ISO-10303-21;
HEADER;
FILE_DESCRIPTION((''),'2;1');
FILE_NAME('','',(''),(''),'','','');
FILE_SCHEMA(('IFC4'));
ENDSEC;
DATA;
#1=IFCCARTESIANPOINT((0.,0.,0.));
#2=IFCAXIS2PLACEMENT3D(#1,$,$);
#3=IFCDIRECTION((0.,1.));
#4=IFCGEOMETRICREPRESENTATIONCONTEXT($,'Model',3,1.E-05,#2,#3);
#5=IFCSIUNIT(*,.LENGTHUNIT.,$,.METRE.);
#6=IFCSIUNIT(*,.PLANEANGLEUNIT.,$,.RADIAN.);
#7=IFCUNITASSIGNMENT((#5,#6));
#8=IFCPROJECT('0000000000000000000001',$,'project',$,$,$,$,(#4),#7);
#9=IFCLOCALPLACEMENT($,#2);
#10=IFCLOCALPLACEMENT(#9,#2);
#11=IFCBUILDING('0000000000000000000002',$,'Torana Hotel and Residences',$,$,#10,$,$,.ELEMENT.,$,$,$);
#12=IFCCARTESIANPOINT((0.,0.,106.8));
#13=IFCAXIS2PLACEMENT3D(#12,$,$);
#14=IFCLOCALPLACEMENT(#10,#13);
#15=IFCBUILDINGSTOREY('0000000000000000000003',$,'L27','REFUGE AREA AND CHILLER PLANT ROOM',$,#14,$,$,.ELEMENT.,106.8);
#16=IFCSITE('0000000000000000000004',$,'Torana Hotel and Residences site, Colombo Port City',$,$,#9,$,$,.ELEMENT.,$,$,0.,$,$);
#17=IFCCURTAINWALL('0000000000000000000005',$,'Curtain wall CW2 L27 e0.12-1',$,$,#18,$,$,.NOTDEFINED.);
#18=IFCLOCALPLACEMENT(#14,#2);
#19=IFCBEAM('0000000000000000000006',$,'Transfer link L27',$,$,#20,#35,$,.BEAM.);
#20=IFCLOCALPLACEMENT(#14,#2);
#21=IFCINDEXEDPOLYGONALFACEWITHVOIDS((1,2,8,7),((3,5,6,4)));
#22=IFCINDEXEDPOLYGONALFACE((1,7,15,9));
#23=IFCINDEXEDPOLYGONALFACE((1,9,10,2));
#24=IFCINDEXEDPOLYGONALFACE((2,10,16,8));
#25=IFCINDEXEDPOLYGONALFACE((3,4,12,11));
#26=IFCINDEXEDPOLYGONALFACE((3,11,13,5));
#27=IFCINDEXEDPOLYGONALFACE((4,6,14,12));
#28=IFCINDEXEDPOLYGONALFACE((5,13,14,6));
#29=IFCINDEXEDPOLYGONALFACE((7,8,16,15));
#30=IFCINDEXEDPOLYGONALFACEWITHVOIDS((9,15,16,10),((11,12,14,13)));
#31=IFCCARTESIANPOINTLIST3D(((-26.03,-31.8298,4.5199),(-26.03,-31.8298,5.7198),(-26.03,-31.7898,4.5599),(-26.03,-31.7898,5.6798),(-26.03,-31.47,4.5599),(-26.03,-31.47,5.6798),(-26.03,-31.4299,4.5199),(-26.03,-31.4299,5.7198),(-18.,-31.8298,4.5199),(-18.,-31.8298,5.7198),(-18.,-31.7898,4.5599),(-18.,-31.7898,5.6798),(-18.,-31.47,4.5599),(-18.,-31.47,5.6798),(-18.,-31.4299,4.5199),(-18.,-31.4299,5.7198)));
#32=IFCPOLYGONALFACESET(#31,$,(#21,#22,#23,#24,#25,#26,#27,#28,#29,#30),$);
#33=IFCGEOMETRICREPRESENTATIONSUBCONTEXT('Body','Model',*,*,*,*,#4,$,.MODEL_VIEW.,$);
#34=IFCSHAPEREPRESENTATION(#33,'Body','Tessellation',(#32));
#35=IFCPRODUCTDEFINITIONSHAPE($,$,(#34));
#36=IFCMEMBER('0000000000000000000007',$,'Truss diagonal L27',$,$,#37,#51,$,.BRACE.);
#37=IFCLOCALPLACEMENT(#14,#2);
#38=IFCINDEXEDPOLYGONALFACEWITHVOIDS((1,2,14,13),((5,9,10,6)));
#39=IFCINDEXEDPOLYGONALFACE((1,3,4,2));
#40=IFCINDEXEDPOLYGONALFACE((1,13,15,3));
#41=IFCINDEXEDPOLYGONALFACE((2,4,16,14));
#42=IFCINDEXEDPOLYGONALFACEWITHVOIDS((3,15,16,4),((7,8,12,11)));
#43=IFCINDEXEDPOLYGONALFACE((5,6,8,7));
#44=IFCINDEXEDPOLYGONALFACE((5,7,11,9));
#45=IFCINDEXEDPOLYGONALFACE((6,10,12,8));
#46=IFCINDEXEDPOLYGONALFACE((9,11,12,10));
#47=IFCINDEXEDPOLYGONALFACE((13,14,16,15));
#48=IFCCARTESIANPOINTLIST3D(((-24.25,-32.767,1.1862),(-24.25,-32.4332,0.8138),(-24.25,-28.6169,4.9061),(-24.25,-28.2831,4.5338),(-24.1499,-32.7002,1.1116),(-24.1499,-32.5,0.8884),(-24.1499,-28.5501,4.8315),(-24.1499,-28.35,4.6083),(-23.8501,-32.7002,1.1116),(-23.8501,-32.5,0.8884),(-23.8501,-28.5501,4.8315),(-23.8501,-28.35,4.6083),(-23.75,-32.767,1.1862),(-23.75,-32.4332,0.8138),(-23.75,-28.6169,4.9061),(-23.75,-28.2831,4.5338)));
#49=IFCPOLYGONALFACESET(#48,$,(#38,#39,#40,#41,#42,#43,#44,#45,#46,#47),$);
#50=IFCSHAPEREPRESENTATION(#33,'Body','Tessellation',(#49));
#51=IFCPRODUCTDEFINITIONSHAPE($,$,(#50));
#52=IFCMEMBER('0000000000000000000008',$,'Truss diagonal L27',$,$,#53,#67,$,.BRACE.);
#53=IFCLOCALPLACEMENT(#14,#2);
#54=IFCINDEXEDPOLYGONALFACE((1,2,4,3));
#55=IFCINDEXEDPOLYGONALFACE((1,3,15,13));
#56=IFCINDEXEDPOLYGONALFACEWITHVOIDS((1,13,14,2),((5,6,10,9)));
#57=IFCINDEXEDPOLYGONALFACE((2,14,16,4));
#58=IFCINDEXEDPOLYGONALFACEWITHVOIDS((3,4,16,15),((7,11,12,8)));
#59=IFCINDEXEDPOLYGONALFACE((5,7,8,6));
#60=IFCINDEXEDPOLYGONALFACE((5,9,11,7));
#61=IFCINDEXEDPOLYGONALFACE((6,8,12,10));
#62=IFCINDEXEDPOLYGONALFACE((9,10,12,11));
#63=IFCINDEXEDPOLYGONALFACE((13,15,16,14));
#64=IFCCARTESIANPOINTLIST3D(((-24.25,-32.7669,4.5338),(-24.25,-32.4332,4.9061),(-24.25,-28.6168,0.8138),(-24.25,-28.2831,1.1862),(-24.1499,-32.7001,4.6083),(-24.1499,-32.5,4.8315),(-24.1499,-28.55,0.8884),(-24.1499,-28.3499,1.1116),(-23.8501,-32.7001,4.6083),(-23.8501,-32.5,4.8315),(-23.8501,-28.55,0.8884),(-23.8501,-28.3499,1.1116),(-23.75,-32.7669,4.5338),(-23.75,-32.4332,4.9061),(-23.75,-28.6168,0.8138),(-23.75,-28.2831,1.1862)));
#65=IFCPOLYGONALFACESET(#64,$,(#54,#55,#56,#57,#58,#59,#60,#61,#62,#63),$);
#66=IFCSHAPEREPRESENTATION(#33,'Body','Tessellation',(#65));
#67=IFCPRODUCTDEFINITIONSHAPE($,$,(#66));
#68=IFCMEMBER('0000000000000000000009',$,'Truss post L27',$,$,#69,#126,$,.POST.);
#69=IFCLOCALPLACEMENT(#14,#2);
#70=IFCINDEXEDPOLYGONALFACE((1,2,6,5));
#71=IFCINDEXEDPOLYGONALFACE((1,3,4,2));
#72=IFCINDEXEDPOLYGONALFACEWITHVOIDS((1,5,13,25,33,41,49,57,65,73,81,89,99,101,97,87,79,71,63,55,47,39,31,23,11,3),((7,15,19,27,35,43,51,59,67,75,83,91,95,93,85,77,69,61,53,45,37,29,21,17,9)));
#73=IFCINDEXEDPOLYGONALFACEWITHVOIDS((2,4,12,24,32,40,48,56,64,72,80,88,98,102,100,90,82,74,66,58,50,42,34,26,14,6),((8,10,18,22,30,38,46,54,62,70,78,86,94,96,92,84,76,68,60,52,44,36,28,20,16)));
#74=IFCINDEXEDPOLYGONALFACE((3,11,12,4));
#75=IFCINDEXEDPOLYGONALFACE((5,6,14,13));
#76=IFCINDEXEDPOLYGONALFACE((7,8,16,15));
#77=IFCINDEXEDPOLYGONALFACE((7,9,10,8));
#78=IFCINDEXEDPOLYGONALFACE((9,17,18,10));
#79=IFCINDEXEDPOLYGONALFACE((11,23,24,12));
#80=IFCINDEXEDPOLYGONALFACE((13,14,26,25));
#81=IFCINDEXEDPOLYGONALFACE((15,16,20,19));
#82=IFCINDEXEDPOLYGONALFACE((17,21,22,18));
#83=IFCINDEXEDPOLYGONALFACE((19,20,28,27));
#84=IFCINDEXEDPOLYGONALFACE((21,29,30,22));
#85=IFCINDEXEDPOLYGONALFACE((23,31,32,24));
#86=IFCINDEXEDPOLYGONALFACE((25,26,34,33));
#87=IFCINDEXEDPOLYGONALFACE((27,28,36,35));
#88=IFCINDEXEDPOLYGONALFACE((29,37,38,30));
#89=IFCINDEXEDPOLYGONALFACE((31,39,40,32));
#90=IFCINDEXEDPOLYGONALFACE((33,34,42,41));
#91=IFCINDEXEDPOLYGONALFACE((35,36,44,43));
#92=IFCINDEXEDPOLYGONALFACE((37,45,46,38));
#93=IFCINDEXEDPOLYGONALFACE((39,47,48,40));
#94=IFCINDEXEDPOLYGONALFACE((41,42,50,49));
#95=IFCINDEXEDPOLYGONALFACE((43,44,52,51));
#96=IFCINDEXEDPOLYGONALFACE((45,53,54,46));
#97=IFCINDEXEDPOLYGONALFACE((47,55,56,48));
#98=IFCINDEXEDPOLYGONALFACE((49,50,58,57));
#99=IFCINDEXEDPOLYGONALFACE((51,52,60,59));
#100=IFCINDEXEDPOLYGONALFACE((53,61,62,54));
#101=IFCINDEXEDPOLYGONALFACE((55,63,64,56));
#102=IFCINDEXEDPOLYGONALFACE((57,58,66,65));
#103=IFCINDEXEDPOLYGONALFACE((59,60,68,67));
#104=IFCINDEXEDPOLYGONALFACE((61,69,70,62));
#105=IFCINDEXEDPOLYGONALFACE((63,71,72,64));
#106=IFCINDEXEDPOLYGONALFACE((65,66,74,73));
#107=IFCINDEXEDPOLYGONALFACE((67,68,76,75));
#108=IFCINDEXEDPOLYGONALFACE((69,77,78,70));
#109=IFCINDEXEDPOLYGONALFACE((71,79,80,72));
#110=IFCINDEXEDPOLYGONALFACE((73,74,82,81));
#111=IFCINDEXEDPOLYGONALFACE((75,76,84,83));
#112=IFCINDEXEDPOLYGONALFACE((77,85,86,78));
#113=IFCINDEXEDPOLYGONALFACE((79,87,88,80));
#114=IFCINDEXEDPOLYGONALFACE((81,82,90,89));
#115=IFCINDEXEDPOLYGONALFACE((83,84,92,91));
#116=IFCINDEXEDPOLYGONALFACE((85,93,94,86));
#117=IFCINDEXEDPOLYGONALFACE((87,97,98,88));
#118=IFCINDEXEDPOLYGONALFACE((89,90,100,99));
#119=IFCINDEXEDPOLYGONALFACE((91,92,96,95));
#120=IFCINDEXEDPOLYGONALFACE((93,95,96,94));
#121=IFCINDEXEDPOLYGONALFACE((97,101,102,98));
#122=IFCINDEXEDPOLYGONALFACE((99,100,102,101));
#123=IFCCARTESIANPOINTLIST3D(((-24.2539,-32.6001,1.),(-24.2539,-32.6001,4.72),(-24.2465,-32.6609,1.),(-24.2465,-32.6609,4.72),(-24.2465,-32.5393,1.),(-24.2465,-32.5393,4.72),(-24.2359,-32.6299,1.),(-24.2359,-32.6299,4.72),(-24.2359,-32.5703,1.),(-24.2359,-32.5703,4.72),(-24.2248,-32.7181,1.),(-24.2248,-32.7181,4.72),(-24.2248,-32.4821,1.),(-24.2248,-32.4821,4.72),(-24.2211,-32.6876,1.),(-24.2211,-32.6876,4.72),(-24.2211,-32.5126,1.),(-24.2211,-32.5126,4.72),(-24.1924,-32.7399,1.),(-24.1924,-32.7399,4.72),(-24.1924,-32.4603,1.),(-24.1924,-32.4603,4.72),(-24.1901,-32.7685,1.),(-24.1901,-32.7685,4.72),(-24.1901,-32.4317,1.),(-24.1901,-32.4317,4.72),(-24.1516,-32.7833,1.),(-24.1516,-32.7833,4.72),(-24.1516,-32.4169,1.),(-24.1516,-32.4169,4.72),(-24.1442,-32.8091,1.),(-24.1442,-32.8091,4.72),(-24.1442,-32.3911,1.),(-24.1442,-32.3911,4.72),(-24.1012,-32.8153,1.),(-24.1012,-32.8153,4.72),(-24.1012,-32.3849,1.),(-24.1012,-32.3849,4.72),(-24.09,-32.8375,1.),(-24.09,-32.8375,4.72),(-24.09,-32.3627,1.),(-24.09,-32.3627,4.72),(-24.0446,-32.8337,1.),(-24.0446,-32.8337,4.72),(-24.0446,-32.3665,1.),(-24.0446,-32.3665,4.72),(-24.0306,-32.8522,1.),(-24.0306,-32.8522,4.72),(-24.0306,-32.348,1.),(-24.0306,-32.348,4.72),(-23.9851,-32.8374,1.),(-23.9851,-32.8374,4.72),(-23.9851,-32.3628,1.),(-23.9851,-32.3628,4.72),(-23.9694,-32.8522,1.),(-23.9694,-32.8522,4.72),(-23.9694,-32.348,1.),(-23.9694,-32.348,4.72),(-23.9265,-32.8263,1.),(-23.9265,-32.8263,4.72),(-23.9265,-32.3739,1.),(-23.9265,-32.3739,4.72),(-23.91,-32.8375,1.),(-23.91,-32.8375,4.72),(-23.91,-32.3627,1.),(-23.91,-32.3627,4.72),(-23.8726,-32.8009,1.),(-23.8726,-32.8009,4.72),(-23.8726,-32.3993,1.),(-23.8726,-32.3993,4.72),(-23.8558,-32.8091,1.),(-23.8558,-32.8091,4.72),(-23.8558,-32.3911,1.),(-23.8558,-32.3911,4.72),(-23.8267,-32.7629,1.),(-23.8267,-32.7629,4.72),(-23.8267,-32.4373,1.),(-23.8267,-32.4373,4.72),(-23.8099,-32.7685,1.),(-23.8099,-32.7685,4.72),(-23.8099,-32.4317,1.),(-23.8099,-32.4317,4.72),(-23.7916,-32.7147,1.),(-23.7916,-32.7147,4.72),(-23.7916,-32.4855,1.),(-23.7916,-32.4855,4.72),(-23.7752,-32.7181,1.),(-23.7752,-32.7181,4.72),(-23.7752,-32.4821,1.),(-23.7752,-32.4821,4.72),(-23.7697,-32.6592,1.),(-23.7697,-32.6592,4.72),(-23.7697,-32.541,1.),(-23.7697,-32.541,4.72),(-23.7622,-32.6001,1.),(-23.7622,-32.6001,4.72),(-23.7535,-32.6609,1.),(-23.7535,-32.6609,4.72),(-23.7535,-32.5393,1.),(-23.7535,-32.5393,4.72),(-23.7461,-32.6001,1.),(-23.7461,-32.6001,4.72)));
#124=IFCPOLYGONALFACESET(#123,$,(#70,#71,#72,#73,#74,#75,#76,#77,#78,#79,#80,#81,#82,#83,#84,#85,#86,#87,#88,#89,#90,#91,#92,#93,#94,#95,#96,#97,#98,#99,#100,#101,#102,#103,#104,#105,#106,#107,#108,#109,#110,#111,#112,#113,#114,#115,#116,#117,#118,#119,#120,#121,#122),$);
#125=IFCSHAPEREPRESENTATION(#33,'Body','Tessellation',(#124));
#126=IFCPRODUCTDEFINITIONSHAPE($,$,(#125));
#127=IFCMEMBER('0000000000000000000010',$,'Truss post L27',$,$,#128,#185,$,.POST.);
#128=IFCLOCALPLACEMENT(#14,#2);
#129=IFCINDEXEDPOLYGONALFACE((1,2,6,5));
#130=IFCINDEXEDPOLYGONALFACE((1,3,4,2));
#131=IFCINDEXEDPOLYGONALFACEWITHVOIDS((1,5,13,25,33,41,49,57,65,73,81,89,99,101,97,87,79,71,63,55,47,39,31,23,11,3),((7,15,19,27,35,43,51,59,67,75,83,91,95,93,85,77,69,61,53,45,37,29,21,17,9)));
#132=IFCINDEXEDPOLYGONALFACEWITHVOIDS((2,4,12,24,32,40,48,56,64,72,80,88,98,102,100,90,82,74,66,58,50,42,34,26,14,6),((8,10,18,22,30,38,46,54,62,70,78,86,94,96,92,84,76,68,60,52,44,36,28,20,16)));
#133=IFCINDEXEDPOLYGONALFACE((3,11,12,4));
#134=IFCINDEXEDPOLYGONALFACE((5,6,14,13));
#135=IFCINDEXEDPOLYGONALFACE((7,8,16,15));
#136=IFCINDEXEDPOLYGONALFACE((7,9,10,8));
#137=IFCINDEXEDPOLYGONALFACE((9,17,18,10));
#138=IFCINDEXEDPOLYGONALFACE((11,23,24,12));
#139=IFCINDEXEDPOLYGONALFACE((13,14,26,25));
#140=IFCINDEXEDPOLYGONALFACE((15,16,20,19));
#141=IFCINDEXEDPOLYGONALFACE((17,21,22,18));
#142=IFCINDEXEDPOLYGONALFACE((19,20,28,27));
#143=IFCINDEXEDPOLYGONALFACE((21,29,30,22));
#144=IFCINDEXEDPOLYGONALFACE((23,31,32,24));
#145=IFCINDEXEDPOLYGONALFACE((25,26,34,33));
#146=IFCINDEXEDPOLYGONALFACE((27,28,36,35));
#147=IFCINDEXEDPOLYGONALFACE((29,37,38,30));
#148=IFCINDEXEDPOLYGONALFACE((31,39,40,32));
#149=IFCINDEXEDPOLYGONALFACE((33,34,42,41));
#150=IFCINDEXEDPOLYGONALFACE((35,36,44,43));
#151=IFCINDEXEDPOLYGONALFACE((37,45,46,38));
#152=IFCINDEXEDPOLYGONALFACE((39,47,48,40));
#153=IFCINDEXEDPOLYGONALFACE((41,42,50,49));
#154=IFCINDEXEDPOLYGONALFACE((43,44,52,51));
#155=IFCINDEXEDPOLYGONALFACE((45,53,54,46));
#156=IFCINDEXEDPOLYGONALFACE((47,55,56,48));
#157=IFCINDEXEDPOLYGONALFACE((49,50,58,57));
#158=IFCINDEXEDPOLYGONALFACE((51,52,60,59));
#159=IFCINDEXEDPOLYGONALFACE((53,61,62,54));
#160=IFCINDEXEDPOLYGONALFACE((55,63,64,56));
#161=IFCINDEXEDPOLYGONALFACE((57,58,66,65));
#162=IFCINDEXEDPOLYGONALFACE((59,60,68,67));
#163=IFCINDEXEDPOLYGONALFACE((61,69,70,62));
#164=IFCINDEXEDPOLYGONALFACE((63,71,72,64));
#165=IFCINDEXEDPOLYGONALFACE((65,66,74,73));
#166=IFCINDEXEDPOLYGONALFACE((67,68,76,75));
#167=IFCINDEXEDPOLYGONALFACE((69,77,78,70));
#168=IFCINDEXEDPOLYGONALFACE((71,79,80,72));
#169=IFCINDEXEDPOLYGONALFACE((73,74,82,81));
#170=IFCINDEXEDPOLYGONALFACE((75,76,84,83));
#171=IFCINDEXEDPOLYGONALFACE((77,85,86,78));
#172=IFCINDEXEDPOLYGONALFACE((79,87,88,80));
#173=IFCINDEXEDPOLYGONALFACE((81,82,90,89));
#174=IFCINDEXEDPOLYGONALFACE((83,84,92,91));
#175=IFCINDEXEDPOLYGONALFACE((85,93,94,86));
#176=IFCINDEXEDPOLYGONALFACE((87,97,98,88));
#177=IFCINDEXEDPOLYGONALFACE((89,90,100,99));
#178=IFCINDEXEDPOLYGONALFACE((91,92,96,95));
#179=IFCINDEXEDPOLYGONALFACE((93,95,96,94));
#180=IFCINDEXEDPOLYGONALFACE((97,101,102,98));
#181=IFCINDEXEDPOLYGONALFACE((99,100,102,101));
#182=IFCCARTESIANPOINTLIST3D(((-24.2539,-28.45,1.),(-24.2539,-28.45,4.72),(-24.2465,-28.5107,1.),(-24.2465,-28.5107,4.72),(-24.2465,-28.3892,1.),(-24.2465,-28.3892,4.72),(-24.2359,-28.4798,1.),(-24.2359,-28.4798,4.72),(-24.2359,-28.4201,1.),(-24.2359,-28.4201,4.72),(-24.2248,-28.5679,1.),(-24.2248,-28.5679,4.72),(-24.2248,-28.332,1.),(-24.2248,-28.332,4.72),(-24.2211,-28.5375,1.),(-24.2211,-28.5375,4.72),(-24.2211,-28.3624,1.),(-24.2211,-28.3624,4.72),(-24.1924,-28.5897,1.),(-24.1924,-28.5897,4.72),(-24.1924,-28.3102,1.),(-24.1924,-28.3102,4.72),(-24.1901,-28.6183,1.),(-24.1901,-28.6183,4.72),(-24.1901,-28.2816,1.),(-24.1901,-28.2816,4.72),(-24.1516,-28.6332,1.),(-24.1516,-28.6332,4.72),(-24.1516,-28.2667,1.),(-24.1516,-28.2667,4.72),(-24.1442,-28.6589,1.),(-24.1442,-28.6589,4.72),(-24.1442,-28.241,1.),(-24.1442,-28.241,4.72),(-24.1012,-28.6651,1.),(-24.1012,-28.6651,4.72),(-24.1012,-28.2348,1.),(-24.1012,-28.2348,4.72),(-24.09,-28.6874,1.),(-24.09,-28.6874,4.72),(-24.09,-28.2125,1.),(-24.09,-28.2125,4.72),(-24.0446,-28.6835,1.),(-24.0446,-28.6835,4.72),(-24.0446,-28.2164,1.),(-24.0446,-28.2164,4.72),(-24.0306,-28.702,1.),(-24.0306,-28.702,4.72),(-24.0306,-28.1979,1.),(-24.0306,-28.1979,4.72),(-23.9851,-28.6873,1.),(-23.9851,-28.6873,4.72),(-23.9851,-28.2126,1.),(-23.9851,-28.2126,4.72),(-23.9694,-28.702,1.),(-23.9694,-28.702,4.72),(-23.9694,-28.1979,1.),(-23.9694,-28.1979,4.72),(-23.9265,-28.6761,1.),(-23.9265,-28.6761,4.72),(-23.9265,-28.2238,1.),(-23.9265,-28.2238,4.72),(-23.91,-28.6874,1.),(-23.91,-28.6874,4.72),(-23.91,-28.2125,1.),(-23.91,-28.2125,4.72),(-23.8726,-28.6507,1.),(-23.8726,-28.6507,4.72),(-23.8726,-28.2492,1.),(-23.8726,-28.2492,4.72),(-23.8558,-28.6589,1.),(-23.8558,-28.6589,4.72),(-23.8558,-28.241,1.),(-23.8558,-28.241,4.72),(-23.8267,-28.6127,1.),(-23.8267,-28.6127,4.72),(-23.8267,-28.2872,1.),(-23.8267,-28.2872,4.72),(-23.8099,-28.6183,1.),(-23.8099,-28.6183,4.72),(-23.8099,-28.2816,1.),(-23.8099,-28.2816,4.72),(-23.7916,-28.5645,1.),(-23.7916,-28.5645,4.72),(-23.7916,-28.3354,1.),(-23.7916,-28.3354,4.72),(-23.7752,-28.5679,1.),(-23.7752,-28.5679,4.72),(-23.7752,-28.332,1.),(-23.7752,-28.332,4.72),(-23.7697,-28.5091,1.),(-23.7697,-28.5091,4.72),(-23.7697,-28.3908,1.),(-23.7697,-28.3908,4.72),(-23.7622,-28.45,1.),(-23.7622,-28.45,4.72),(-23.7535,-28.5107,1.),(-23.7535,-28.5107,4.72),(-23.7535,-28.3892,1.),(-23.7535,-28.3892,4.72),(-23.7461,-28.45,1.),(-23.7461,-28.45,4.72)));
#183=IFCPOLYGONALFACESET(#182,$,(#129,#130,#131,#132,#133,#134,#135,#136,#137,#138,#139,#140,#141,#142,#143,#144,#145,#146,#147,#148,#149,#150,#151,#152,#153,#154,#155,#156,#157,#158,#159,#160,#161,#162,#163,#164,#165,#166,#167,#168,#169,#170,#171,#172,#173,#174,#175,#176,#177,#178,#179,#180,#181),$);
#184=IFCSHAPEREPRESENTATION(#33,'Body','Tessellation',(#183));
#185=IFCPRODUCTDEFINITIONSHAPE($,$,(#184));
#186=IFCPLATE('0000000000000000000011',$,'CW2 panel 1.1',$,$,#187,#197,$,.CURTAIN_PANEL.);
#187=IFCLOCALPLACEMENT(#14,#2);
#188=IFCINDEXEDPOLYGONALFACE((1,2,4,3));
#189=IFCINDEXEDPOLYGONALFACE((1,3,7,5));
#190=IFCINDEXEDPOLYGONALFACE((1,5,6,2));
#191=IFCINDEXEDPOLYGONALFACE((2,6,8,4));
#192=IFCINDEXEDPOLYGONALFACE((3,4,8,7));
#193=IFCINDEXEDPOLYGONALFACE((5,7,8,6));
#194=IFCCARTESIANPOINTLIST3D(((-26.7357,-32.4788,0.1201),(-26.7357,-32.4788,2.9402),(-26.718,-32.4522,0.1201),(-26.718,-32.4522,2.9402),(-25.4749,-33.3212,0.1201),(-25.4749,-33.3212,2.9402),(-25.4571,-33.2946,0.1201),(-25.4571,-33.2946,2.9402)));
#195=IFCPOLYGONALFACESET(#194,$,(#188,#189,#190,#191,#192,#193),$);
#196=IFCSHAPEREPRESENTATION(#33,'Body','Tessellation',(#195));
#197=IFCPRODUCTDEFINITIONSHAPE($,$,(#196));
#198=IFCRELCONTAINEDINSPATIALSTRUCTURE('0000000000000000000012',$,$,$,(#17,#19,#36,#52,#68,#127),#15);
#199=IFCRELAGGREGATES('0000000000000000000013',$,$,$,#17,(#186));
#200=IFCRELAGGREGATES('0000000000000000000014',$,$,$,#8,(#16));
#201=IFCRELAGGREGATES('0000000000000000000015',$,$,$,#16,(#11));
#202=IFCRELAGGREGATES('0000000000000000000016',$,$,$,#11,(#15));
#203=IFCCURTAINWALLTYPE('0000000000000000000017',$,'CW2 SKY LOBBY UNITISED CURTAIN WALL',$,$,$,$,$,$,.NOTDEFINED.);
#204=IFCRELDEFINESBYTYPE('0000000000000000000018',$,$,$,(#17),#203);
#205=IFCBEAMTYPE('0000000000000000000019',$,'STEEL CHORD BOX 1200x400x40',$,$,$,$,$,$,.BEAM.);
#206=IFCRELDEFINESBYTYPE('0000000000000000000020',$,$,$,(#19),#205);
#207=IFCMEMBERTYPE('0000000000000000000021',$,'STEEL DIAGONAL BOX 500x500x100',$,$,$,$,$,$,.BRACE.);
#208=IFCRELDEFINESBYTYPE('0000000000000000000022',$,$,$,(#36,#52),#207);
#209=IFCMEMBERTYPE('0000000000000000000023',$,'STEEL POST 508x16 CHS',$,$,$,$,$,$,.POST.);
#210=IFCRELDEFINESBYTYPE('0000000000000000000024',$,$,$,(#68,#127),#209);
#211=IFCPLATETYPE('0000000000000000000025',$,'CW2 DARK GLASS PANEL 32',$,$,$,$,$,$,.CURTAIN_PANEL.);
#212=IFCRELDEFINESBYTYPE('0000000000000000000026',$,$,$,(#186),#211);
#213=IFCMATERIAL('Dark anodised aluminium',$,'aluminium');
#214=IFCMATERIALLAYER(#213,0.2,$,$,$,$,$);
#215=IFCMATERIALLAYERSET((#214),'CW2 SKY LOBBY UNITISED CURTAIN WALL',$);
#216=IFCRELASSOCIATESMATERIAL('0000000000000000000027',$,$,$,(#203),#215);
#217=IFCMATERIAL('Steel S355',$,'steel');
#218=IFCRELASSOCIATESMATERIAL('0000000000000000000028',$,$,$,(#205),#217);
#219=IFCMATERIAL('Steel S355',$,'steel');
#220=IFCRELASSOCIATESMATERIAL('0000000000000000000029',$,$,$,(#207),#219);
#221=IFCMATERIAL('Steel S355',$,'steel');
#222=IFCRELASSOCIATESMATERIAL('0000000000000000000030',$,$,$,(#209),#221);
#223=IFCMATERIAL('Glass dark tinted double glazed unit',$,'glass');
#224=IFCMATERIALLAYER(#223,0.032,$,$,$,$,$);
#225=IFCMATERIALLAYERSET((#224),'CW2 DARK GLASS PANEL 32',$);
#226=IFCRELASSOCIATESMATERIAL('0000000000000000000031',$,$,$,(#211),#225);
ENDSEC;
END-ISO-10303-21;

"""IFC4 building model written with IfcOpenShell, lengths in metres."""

from ifc_helpers import new_model, si_unit, direction, frame, origin, origin_2d, place, context, subcontext, project, spatial, rectangle, hollow_rectangle, hollow_circle, extrude, material, layer, layer_set, material_profile, profile_set, type_object, element, aggregate, save


model = new_model("IFC4")

# Units and contexts
model_context = context("Model", 3, precision=1e-05, world=origin(), true_north=direction((0.0, 1.0)))
body_context = subcontext(model_context, "Body", "Model", "MODEL_VIEW")
ifc_project = project(units=[si_unit("LENGTHUNIT", "METRE"), si_unit("PLANEANGLEUNIT", "RADIAN")], contexts=[model_context])

# Site, building, storey
site_placement = place(None, origin())
site = spatial("IfcSite", under=ifc_project, at=site_placement, Name="Torana Hotel and Residences site, Colombo Port City", CompositionType="ELEMENT", RefElevation=0.0)
building_placement = place(site_placement, origin())
building = spatial("IfcBuilding", under=site, at=building_placement, Name="Torana Hotel and Residences", CompositionType="ELEMENT")
storey_placement = place(building_placement, frame((0.0, 0.0, 106.8)))
storey = spatial("IfcBuildingStorey", under=building, at=storey_placement, Name="L27", Description="REFUGE AREA AND CHILLER PLANT ROOM", CompositionType="ELEMENT", Elevation=106.8)

# Curtain wall
ifc_material_1 = material(Name="Dark anodised aluminium", Category="aluminium")
ifc_layer_1 = layer(ifc_material_1, 0.2)
ifc_layer_set_1 = layer_set([ifc_layer_1], Name="CW2 SKY LOBBY UNITISED CURTAIN WALL")
curtain_wall_type = type_object("IfcCurtainWallType", Name="CW2 SKY LOBBY UNITISED CURTAIN WALL", PredefinedType="NOTDEFINED", material=ifc_layer_set_1)
curtain_wall_1_placement = place(storey_placement, origin())
curtain_wall_1 = element("IfcCurtainWall", 1, at=curtain_wall_1_placement, inside=storey, type_object=curtain_wall_type, Name="Curtain wall CW2 L27 e0.12-1", PredefinedType="NOTDEFINED")

# Beam
ifc_material_2 = material(Name="Steel S355", Category="steel")
ifc_material_profile_1 = material_profile(ifc_material_2, hollow_rectangle(XDim=0.3999, YDim=1.2, WallThickness=0.04, at=origin_2d()), Name="BOX 1200x400x40")
ifc_profile_set_1 = profile_set([ifc_material_profile_1], Name="Steel S355")
beam_type = type_object("IfcBeamType", Name="STEEL CHORD BOX 1200x400x40", PredefinedType="BEAM", material=ifc_profile_set_1)
beam_placement = place(storey_placement, frame((-26.03, -31.6299, 5.1199), z_axis=(1.0, 0.0, 0.0), x_axis=(0.0, 1.0, 0.0)))
element("IfcBeam", 2, at=beam_placement, inside=storey, type_object=beam_type, Name="Transfer link L27", PredefinedType="BEAM", context=body_context, shape_type="SweptSolid", body=[
    extrude(hollow_rectangle(XDim=0.3999, YDim=1.2, WallThickness=0.04, at=origin_2d()), origin(), (0.0, 0.0, 1.0), 8.03),
])

# Members
ifc_material_3 = material(Name="Steel S355", Category="steel")
ifc_material_profile_2 = material_profile(ifc_material_3, hollow_rectangle(XDim=0.5, YDim=0.5, WallThickness=0.1001, at=origin_2d()), Name="BOX 500x500x100")
ifc_profile_set_2 = profile_set([ifc_material_profile_2], Name="Steel S355")
member_type_1 = type_object("IfcMemberType", Name="STEEL DIAGONAL BOX 500x500x100", PredefinedType="BRACE", material=ifc_profile_set_2)
for number, where, z_axis, x_axis, name in (
    (3, (-24.0, -32.6001, 1.0), (0.0, 0.744645, 0.66746), (-1.0, 0.0, 0.0), "Truss diagonal L27"),
    (4, (-24.0, -28.45, 1.0), (0.0, -0.744645, 0.66746), (1.0, 0.0, 0.0), "Truss diagonal L27"),
):
    element("IfcMember", number, at=place(storey_placement, frame(where, z_axis=z_axis, x_axis=x_axis)), inside=storey, type_object=member_type_1, Name=name, PredefinedType="BRACE", context=body_context, shape_type="SweptSolid", body=[
        extrude(hollow_rectangle(XDim=0.5, YDim=0.5, WallThickness=0.1001, at=origin_2d()), origin(), (0.0, 0.0, 1.0), 5.5732),
    ])
ifc_material_4 = material(Name="Steel S355", Category="steel")
ifc_material_profile_3 = material_profile(ifc_material_4, hollow_circle(Radius=0.2539, WallThickness=0.0161, at=origin_2d()), Name="508x16 CHS")
ifc_profile_set_3 = profile_set([ifc_material_profile_3], Name="Steel S355")
member_type_2 = type_object("IfcMemberType", Name="STEEL POST 508x16 CHS", PredefinedType="POST", material=ifc_profile_set_3)
for number, where, z_axis, x_axis, name in (
    (5, (-24.0, -32.6001, 1.0), (0.0, 0.0, 1.0), (1.0, 0.0, 0.0), "Truss post L27"),
    (6, (-24.0, -28.45, 1.0), (0.0, 0.0, 1.0), (1.0, 0.0, 0.0), "Truss post L27"),
):
    element("IfcMember", number, at=place(storey_placement, frame(where, z_axis=z_axis, x_axis=x_axis)), inside=storey, type_object=member_type_2, Name=name, PredefinedType="POST", context=body_context, shape_type="SweptSolid", body=[
        extrude(hollow_circle(Radius=0.2539, WallThickness=0.0161, at=origin_2d()), origin(), (0.0, 0.0, 1.0), 3.72),
    ])

# Plate
ifc_material_5 = material(Name="Glass dark tinted double glazed unit", Category="glass")
ifc_layer_2 = layer(ifc_material_5, 0.032)
ifc_layer_set_2 = layer_set([ifc_layer_2], Name="CW2 DARK GLASS PANEL 32")
plate_type_1 = type_object("IfcPlateType", Name="CW2 DARK GLASS PANEL 32", PredefinedType="CURTAIN_PANEL", material=ifc_layer_set_2)
plate_1_placement = place(storey_placement, frame((-26.0964, -32.8867, 0.1201), z_axis=(0.0, 0.0, 1.0), x_axis=(0.831474, -0.555564, 0.0)))
plate_1 = element("IfcPlate", 7, at=plate_1_placement, type_object=plate_type_1, Name="CW2 panel 1.1", PredefinedType="CURTAIN_PANEL", context=body_context, shape_type="SweptSolid", body=[
    extrude(rectangle(XDim=1.5164, YDim=0.032, at=origin_2d()), origin(), (0.0, 0.0, 1.0), 2.8201),
])
aggregate(curtain_wall_1, [plate_1])

save(model, "model.ifc")
